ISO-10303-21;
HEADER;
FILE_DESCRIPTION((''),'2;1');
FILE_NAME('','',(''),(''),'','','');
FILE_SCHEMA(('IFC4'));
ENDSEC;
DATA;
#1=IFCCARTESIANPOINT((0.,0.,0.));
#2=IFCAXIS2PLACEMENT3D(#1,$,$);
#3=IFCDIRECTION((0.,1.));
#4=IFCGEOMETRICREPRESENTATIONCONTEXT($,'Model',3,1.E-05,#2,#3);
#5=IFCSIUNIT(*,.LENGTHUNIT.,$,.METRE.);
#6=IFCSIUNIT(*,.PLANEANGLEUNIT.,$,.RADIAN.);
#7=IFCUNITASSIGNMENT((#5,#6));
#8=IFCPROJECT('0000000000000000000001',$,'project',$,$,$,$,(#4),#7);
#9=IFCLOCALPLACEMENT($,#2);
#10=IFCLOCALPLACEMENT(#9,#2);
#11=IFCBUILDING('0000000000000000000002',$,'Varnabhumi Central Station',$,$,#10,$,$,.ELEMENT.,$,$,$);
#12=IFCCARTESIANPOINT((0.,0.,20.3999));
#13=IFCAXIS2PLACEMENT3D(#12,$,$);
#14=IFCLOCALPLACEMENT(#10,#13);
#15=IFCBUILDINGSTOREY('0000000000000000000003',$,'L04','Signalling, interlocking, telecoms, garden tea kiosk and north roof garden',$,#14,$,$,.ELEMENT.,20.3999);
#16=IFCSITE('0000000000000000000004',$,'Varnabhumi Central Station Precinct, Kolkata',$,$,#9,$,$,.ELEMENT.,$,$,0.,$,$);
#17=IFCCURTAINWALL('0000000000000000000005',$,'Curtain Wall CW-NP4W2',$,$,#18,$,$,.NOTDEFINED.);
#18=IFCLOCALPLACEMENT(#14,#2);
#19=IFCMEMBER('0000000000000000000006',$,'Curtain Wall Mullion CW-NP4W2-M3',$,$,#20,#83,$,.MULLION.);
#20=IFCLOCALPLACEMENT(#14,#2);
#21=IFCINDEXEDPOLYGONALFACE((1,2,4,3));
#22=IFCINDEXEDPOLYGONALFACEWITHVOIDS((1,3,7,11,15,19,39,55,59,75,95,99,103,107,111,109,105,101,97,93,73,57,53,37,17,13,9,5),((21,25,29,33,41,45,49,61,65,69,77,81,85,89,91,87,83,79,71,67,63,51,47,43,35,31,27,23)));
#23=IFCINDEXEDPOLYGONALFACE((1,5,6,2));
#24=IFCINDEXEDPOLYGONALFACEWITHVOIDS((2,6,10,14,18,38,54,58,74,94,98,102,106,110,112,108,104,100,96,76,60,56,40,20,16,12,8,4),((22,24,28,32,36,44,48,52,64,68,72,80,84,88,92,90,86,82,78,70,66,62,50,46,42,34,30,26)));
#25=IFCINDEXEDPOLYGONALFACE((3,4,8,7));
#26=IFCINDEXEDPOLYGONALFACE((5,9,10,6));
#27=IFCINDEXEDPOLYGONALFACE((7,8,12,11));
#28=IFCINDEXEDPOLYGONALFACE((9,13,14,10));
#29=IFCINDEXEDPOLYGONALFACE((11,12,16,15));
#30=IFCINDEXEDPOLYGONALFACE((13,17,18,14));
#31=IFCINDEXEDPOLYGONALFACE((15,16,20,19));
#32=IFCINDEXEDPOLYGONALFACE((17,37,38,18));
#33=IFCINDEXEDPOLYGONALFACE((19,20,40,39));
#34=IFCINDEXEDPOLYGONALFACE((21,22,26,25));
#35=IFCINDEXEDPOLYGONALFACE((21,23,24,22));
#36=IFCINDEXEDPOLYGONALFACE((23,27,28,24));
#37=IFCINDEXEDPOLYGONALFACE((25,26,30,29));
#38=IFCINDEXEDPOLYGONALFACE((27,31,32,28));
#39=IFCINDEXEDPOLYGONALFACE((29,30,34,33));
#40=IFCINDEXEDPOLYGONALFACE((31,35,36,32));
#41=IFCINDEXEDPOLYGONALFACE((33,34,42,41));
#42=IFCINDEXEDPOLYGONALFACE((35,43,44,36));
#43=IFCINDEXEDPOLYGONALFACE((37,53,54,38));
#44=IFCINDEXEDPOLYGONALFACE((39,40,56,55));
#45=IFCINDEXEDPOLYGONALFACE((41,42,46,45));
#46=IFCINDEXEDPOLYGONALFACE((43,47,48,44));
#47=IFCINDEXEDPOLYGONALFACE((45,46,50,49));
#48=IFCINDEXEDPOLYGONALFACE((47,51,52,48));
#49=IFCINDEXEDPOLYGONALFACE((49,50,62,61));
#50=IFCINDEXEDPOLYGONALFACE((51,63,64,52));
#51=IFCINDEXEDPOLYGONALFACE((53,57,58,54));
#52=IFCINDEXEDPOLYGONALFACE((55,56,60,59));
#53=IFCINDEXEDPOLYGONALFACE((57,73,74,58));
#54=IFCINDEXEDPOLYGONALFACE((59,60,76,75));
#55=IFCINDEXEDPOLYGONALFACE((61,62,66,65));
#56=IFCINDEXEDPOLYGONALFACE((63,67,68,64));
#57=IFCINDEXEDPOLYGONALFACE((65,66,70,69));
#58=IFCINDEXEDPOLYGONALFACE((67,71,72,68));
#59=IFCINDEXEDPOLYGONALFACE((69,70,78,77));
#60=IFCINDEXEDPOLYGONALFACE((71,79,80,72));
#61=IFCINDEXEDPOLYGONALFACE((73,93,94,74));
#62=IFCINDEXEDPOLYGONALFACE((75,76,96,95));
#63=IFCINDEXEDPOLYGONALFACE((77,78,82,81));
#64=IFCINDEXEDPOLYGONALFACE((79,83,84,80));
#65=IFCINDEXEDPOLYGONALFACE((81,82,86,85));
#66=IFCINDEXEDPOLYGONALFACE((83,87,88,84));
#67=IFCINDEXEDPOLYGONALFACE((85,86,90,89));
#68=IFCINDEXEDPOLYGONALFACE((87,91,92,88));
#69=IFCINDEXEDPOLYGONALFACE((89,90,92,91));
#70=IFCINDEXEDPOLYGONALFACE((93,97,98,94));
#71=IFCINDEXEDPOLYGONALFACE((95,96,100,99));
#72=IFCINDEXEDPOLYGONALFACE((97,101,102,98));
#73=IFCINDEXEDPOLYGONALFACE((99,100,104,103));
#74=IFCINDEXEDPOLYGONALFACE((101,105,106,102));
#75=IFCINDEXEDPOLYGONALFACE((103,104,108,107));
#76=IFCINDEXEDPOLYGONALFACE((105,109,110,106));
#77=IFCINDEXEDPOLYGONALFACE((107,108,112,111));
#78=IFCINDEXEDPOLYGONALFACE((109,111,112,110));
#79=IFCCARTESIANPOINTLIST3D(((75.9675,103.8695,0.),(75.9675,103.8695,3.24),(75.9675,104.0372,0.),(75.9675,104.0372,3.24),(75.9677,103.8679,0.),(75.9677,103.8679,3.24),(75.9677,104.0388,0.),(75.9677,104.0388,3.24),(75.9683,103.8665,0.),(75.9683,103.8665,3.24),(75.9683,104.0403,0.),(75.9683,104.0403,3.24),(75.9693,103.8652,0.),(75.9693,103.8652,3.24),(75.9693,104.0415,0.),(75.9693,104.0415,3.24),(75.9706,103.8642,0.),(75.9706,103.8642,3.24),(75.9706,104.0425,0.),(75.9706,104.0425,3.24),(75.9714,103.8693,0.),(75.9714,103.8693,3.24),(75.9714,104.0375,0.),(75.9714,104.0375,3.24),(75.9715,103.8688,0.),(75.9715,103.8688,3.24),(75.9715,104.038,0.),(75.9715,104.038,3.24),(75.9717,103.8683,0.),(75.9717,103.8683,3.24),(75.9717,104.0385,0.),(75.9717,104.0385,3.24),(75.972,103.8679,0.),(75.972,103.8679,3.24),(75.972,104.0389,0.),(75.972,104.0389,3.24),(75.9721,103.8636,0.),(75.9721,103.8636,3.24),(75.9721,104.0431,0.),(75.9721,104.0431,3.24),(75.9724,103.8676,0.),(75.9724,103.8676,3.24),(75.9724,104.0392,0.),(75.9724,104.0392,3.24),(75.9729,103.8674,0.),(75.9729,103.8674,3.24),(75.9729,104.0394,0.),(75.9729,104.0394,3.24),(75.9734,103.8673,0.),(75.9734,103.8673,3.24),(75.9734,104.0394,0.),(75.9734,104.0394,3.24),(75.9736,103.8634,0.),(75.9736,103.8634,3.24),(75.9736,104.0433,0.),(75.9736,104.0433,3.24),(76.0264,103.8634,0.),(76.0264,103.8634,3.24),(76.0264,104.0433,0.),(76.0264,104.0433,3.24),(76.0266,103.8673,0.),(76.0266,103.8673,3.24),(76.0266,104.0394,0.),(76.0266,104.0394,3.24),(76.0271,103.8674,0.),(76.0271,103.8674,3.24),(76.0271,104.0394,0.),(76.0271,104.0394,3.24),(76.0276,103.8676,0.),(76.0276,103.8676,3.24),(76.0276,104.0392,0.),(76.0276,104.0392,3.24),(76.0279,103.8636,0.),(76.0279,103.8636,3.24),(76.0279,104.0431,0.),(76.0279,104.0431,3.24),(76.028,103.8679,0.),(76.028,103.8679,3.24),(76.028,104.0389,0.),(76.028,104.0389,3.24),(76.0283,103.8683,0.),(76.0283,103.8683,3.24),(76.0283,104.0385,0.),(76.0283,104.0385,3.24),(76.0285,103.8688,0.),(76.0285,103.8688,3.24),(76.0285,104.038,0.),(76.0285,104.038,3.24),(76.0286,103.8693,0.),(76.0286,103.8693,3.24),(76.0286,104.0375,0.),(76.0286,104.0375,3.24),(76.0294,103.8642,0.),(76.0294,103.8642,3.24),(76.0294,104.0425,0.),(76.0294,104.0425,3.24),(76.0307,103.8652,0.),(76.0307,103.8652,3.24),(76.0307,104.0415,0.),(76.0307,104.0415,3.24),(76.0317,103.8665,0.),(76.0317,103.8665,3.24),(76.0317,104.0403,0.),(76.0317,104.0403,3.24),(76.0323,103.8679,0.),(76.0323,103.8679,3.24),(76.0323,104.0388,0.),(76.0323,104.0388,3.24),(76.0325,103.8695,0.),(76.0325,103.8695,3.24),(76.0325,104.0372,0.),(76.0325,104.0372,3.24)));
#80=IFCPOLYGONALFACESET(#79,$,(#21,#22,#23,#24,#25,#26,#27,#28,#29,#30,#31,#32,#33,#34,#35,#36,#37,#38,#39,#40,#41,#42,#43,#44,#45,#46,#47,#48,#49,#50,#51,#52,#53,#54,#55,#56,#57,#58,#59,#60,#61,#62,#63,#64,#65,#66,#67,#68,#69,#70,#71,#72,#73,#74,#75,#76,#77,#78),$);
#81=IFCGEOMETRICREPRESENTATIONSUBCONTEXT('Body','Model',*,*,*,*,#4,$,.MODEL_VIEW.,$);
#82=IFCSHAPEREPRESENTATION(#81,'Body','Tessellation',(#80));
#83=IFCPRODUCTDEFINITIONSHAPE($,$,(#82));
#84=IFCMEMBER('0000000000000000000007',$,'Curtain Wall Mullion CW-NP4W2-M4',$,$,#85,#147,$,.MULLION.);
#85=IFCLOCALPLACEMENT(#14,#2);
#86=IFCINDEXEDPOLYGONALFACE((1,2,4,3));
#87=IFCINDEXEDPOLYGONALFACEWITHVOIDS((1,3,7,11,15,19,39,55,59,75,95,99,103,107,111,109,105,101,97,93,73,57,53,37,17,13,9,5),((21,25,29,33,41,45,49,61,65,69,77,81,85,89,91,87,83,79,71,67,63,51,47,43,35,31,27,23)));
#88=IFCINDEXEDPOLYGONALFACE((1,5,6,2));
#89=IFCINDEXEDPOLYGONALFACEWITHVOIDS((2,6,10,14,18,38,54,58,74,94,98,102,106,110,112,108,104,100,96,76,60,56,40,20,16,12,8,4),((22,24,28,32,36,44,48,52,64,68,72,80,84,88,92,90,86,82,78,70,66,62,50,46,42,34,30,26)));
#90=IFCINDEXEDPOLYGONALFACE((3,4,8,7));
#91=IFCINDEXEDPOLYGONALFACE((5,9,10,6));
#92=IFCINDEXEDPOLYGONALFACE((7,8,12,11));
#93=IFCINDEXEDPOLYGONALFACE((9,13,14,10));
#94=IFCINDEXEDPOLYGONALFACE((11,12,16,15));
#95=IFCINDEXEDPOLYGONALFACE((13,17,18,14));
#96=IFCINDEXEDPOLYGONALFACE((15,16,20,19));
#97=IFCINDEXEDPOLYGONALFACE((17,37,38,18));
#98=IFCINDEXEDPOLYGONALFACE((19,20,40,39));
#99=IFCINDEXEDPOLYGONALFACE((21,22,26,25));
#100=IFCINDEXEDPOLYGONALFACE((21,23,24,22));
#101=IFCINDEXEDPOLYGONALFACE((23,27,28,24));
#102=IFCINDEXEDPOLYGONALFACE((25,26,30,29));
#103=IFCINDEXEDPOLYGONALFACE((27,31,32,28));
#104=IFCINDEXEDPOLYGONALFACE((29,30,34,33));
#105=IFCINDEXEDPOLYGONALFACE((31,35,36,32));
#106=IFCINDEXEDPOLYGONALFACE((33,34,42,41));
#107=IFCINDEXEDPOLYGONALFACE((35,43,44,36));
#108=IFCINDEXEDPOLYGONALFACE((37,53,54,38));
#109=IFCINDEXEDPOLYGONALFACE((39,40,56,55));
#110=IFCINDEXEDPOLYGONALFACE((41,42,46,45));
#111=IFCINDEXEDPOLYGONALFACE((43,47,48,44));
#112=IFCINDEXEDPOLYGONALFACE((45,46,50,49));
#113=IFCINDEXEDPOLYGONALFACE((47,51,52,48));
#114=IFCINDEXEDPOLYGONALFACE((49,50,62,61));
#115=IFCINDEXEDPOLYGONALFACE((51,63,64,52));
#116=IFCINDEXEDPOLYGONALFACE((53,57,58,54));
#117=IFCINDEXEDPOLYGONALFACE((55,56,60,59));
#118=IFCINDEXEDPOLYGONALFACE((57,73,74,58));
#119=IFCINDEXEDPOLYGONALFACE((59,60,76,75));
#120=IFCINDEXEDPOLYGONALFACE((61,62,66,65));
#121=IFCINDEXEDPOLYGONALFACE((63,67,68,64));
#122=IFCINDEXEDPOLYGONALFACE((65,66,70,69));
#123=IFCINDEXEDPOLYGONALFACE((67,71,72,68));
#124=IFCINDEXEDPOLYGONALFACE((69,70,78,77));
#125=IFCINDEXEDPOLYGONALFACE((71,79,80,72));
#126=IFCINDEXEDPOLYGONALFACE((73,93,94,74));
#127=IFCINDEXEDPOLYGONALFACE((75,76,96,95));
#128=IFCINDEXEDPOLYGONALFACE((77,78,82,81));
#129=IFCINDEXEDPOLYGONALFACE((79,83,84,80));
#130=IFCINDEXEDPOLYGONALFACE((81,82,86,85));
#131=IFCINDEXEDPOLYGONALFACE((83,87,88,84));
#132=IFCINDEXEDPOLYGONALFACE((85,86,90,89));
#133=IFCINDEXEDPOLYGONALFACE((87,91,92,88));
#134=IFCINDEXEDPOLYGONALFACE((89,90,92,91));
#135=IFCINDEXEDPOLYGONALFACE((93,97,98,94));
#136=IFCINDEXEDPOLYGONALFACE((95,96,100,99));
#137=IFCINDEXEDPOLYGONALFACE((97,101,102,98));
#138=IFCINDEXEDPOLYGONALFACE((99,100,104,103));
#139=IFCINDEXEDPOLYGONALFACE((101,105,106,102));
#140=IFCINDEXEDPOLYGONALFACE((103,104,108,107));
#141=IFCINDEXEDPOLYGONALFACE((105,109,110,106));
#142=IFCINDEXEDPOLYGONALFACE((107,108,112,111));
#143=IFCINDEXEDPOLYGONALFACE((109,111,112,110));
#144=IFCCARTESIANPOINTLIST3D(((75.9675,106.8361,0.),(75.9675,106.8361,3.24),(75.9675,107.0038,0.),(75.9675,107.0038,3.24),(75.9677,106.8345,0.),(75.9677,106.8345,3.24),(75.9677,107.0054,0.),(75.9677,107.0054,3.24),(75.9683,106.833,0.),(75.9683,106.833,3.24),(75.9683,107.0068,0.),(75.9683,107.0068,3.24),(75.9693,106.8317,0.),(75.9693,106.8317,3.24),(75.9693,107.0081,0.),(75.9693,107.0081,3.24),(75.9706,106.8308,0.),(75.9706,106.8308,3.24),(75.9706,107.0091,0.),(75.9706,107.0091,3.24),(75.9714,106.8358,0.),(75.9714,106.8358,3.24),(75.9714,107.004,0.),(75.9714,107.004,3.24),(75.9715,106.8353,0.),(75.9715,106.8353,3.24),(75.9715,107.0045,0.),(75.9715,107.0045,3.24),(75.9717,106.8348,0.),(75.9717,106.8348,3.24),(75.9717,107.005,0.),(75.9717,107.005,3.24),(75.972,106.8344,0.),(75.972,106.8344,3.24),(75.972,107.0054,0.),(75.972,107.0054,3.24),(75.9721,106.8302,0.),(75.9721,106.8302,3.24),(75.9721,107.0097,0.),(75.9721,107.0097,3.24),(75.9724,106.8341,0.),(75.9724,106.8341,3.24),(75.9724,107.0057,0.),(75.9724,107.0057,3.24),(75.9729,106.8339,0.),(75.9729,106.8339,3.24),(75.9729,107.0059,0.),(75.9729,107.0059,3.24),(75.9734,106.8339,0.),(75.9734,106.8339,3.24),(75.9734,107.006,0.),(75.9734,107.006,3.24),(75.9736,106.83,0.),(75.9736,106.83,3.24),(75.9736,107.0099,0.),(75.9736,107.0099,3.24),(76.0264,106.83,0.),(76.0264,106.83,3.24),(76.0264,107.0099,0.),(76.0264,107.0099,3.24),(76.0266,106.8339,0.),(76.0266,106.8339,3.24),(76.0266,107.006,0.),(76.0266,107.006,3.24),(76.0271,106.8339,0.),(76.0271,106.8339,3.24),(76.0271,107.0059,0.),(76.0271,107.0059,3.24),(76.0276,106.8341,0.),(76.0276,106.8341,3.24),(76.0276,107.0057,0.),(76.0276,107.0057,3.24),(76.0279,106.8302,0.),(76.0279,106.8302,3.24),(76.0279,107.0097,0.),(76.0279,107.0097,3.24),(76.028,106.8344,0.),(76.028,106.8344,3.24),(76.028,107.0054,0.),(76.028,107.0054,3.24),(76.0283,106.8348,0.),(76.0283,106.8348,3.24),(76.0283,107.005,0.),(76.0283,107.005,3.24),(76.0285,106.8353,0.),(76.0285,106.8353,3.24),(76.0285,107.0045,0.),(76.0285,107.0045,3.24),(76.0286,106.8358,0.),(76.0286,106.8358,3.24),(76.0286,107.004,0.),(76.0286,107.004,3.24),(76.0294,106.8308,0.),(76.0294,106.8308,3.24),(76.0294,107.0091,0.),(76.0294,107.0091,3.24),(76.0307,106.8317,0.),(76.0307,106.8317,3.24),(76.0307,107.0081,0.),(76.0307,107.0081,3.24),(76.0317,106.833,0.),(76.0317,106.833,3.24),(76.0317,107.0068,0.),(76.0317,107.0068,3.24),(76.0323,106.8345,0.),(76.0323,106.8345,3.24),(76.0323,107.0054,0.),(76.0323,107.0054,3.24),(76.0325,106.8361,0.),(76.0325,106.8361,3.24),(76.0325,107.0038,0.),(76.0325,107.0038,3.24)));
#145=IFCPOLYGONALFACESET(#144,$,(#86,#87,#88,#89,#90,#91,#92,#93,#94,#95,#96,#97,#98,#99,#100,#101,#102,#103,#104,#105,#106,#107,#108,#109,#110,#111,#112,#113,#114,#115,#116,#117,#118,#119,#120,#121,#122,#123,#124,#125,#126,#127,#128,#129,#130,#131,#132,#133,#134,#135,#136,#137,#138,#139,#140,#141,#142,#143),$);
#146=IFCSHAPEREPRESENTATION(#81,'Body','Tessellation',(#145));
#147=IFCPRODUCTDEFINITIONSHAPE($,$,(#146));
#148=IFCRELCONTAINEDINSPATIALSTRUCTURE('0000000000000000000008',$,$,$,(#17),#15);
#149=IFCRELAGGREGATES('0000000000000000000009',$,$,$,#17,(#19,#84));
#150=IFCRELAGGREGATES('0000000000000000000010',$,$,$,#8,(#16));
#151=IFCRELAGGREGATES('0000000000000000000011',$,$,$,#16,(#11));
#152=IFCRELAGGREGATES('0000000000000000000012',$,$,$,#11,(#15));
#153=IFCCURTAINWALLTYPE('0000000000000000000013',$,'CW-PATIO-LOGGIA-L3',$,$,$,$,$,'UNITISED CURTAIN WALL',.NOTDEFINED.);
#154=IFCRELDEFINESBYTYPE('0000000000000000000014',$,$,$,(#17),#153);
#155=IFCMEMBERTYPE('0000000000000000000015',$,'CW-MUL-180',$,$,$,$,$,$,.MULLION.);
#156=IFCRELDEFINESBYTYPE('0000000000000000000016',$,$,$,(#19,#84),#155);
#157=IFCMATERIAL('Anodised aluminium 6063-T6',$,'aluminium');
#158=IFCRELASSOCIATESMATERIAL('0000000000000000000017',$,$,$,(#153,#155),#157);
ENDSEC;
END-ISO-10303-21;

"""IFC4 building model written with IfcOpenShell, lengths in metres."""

from ifc_helpers import new_model, si_unit, direction, frame, origin, origin_2d, place, context, subcontext, project, spatial, hollow_rectangle, extrude, material, material_profile, profile_set, type_object, element, aggregate, save


model = new_model("IFC4")

# Units and contexts
model_context = context("Model", 3, precision=1e-05, world=origin(), true_north=direction((0.0, 1.0)))
body_context = subcontext(model_context, "Body", "Model", "MODEL_VIEW")
ifc_project = project(units=[si_unit("LENGTHUNIT", "METRE"), si_unit("PLANEANGLEUNIT", "RADIAN")], contexts=[model_context])

# Site, building, storey
site_placement = place(None, origin())
site = spatial("IfcSite", under=ifc_project, at=site_placement, Name="Varnabhumi Central Station Precinct, Kolkata", CompositionType="ELEMENT", RefElevation=0.0)
building_placement = place(site_placement, origin())
building = spatial("IfcBuilding", under=site, at=building_placement, Name="Varnabhumi Central Station", CompositionType="ELEMENT")
storey_placement = place(building_placement, frame((0.0, 0.0, 20.3999)))
storey = spatial("IfcBuildingStorey", under=building, at=storey_placement, Name="L04", Description="Signalling, interlocking, telecoms, garden tea kiosk and north roof garden", CompositionType="ELEMENT", Elevation=20.3999)

# Curtain wall, members
ifc_material_1 = material(Name="Anodised aluminium 6063-T6", Category="aluminium")
curtain_wall_type = type_object("IfcCurtainWallType", Name="CW-PATIO-LOGGIA-L3", ElementType="UNITISED CURTAIN WALL", PredefinedType="NOTDEFINED", material=ifc_material_1)
ifc_material_profile_1 = material_profile(ifc_material_1, hollow_rectangle(XDim=0.0649, YDim=0.1799, WallThickness=0.0039, InnerFilletRadius=0.002, OuterFilletRadius=0.0061, at=origin_2d()), Name="Anodised aluminium 6063-T6", Category="aluminium")
ifc_profile_set_1 = profile_set([ifc_material_profile_1], Name="Anodised aluminium 6063-T6")
member_type_1 = type_object("IfcMemberType", Name="CW-MUL-180", PredefinedType="MULLION", material=ifc_profile_set_1)
curtain_wall_1_placement = place(storey_placement, origin())
curtain_wall_1 = element("IfcCurtainWall", 1, at=curtain_wall_1_placement, inside=storey, type_object=curtain_wall_type, Name="Curtain Wall CW-NP4W2", PredefinedType="NOTDEFINED")
member_1_placement = place(storey_placement, frame((76.0, 103.9534, 0.0), z_axis=(0.0, 0.0, 1.0), x_axis=(1.0, 0.0, 0.0)))
member_1 = element("IfcMember", 2, at=member_1_placement, type_object=member_type_1, Name="Curtain Wall Mullion CW-NP4W2-M3", PredefinedType="MULLION", context=body_context, shape_type="SweptSolid", body=[
    extrude(hollow_rectangle(XDim=0.0649, YDim=0.1799, WallThickness=0.0039, InnerFilletRadius=0.002, OuterFilletRadius=0.0061, at=origin_2d()), origin(), (0.0, 0.0, 1.0), 3.24),
])
member_2_placement = place(storey_placement, frame((76.0, 106.9199, 0.0), z_axis=(0.0, 0.0, 1.0), x_axis=(1.0, 0.0, 0.0)))
member_2 = element("IfcMember", 3, at=member_2_placement, type_object=member_type_1, Name="Curtain Wall Mullion CW-NP4W2-M4", PredefinedType="MULLION", context=body_context, shape_type="SweptSolid", body=[
    extrude(hollow_rectangle(XDim=0.0649, YDim=0.1799, WallThickness=0.0039, InnerFilletRadius=0.002, OuterFilletRadius=0.0061, at=origin_2d()), origin(), (0.0, 0.0, 1.0), 3.24),
])

aggregate(curtain_wall_1, [member_1, member_2])

save(model, "model.ifc")
